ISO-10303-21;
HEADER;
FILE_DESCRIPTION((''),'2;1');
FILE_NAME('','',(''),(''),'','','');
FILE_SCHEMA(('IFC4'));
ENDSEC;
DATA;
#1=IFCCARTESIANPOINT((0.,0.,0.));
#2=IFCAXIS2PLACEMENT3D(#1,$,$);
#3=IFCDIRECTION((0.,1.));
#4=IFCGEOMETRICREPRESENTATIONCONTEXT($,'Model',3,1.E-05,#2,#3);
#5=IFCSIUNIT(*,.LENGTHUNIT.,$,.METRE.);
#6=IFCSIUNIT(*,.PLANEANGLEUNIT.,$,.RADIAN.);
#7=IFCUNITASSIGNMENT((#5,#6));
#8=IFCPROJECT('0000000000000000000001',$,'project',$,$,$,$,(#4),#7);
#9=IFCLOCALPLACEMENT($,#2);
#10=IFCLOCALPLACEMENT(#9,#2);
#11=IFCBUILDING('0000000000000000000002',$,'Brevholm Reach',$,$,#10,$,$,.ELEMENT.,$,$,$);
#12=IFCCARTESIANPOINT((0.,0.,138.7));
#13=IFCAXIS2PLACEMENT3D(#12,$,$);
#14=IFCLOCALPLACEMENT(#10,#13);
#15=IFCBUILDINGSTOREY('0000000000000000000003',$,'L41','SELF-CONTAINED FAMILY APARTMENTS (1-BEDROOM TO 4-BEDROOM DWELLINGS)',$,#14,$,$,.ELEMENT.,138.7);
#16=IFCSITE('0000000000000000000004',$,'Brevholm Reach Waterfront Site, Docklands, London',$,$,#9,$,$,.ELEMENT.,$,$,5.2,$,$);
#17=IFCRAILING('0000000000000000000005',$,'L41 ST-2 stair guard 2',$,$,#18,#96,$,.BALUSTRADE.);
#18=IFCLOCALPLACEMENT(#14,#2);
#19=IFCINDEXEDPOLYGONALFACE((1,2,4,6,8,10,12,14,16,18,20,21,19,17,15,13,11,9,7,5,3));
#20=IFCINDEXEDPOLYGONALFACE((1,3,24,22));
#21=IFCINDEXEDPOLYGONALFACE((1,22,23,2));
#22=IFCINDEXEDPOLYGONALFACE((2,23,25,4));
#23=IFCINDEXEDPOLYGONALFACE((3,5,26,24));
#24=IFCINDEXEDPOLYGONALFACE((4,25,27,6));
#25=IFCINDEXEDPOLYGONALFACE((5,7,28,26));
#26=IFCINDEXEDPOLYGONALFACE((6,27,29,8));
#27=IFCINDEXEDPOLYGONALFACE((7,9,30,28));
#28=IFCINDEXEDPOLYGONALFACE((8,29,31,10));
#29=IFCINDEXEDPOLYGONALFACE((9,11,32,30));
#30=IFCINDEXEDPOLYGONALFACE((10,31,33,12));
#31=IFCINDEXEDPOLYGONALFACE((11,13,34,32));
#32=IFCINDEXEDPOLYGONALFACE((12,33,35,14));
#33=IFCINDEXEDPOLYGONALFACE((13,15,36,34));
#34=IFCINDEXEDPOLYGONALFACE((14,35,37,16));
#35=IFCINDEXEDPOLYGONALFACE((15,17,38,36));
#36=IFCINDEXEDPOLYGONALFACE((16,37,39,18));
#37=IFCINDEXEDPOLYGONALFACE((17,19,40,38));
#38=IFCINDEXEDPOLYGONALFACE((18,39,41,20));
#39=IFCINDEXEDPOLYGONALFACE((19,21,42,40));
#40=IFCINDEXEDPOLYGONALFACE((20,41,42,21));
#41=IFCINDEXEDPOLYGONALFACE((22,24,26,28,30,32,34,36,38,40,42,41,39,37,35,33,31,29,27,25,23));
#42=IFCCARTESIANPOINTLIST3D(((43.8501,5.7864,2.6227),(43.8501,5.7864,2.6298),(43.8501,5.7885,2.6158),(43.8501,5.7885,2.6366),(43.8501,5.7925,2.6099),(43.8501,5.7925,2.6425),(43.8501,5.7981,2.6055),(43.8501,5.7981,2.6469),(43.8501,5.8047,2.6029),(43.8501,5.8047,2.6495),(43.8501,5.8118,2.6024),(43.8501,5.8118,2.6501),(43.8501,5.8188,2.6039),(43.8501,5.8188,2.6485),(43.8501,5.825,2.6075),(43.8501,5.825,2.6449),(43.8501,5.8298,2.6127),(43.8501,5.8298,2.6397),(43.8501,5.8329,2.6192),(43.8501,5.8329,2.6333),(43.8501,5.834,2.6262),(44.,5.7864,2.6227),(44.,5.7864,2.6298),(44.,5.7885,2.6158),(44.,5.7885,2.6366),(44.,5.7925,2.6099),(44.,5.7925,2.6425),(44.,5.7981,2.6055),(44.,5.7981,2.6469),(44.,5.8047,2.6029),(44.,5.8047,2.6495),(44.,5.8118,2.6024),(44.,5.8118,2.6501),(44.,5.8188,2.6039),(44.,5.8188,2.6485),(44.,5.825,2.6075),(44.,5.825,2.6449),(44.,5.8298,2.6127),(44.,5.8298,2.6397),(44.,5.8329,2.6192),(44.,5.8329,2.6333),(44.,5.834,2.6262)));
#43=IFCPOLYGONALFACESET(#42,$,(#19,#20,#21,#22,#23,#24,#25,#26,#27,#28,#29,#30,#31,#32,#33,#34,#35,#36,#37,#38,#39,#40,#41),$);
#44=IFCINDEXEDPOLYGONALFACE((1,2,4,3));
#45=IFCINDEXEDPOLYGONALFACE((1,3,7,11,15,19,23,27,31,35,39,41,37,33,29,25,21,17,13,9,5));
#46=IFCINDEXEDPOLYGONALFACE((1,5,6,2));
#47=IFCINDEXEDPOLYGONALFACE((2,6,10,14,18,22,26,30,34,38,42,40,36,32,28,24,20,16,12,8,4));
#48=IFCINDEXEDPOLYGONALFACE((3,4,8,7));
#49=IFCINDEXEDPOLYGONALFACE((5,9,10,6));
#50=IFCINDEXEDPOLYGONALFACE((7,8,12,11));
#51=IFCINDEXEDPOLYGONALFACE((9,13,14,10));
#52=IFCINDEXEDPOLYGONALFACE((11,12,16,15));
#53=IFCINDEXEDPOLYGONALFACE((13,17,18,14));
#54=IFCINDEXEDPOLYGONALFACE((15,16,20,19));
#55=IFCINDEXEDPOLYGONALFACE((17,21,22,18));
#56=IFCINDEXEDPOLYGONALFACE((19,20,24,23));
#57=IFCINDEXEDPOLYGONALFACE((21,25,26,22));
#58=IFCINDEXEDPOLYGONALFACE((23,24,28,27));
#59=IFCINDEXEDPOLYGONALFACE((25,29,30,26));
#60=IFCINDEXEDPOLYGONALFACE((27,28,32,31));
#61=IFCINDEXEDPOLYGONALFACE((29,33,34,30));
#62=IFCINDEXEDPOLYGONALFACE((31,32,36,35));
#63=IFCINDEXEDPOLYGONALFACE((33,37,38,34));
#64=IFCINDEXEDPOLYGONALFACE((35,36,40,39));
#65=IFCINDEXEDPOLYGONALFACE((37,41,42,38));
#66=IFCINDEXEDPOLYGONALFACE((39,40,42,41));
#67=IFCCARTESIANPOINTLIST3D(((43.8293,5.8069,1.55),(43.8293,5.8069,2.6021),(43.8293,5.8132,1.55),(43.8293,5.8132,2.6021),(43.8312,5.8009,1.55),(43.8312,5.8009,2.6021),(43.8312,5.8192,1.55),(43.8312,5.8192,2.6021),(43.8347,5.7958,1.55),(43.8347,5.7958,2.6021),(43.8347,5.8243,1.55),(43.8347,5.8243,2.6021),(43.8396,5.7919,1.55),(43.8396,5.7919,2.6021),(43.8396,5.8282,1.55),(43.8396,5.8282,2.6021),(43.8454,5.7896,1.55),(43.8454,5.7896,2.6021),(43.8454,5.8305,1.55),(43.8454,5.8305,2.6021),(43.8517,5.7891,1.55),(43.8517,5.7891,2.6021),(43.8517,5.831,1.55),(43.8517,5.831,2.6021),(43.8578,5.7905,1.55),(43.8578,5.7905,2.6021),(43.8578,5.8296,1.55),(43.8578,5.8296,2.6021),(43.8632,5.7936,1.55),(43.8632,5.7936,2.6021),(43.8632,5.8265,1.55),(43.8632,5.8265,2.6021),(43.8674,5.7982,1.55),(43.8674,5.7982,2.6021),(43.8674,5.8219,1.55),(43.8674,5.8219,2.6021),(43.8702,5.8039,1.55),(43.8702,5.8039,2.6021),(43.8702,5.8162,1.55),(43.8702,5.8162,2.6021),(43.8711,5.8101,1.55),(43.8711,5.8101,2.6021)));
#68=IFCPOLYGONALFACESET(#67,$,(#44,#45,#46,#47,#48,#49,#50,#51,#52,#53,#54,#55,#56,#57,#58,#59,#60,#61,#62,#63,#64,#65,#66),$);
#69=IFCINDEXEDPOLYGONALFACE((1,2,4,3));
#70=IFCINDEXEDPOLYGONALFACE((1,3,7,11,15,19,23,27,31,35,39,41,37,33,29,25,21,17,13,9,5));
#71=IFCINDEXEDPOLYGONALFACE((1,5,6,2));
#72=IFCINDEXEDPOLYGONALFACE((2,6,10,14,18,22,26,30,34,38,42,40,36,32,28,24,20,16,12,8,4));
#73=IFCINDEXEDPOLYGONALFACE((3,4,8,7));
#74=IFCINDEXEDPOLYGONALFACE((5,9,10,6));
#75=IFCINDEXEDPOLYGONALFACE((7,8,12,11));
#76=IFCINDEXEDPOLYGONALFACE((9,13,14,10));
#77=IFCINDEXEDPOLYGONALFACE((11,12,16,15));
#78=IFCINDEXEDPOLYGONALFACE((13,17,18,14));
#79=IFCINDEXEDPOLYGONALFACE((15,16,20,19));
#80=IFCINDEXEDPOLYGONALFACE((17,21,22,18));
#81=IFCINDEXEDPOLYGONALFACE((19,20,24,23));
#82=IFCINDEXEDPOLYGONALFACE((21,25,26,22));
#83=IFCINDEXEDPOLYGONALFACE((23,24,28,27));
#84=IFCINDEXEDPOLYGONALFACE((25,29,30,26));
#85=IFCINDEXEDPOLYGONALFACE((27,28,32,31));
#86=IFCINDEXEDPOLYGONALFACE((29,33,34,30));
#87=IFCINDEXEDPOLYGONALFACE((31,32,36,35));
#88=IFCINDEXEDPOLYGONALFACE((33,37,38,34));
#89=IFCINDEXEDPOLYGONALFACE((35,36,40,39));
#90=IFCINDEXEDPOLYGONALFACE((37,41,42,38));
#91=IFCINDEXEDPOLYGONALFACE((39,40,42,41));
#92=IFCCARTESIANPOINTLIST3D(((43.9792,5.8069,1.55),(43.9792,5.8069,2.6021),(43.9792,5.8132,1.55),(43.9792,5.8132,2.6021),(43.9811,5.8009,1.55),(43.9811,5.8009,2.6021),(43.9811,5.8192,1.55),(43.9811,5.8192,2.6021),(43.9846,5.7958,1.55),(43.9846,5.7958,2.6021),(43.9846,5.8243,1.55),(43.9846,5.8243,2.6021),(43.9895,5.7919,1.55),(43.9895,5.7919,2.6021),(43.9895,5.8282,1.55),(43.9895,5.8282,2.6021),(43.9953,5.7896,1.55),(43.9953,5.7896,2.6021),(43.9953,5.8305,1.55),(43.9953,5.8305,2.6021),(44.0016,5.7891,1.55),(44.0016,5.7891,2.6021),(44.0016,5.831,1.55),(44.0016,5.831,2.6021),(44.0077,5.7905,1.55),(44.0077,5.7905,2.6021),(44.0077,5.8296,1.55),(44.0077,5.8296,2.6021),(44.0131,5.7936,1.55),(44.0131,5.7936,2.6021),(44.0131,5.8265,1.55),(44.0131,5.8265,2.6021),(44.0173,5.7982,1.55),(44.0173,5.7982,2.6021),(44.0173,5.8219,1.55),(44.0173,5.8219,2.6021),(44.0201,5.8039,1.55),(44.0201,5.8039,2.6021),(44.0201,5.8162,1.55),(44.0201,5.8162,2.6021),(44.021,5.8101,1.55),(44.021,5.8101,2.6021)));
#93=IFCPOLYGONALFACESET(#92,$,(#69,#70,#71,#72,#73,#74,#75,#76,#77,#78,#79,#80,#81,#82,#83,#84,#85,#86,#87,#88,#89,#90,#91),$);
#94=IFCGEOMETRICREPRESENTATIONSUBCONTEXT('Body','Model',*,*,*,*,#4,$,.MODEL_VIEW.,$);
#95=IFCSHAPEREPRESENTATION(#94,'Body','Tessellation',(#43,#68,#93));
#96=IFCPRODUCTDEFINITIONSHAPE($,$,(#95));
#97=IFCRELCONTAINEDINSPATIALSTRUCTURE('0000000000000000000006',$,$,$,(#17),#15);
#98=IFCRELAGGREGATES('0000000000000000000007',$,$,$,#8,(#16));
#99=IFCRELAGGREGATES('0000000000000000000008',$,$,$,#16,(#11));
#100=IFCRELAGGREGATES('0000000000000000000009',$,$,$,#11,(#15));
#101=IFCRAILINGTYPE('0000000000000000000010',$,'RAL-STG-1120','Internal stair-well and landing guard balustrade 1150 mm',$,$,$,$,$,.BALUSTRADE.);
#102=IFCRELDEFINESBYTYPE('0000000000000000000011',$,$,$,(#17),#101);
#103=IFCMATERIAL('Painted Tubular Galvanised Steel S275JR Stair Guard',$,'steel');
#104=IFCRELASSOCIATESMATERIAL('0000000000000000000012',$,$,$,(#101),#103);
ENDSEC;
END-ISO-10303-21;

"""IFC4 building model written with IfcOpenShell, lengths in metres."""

from ifc_helpers import new_model, si_unit, direction, frame, origin, origin_2d, place, context, subcontext, project, spatial, circle, extrude, material, type_object, element, save


model = new_model("IFC4")

# Units and contexts
model_context = context("Model", 3, precision=1e-05, world=origin(), true_north=direction((0.0, 1.0)))
body_context = subcontext(model_context, "Body", "Model", "MODEL_VIEW")
ifc_project = project(units=[si_unit("LENGTHUNIT", "METRE"), si_unit("PLANEANGLEUNIT", "RADIAN")], contexts=[model_context])

# Site, building, storey
site_placement = place(None, origin())
site = spatial("IfcSite", under=ifc_project, at=site_placement, Name="Brevholm Reach Waterfront Site, Docklands, London", CompositionType="ELEMENT", RefElevation=5.2)
building_placement = place(site_placement, origin())
building = spatial("IfcBuilding", under=site, at=building_placement, Name="Brevholm Reach", CompositionType="ELEMENT")
storey_placement = place(building_placement, frame((0.0, 0.0, 138.7)))
storey = spatial("IfcBuildingStorey", under=building, at=storey_placement, Name="L41", Description="SELF-CONTAINED FAMILY APARTMENTS (1-BEDROOM TO 4-BEDROOM DWELLINGS)", CompositionType="ELEMENT", Elevation=138.7)

# Railing
ifc_material_1 = material(Name="Painted Tubular Galvanised Steel S275JR Stair Guard", Category="steel")
railing_type_1 = type_object("IfcRailingType", Name="RAL-STG-1120", Description="Internal stair-well and landing guard balustrade 1150 mm", PredefinedType="BALUSTRADE", material=ifc_material_1)
railing_1_placement = place(storey_placement, frame((43.8501, 5.8101, 1.55)))
element("IfcRailing", 1, at=railing_1_placement, inside=storey, type_object=railing_type_1, Name="L41 ST-2 stair guard 2", PredefinedType="BALUSTRADE", context=body_context, shape_type="SweptSolid", body=[
    extrude(circle(Radius=0.0239, at=origin_2d()), frame((0.0, 0.0, 1.0762), z_axis=(1.0, 0.0, 0.0), x_axis=(0.0, 1.0, 0.0)), (0.0, 0.0, 1.0), 0.1499),
    extrude(circle(Radius=0.021, at=origin_2d()), origin(), (0.0, 0.0, 1.0), 1.052),
    extrude(circle(Radius=0.021, at=origin_2d()), frame((0.1499, 0.0, 0.0)), (0.0, 0.0, 1.0), 1.052),
])

save(model, "model.ifc")
